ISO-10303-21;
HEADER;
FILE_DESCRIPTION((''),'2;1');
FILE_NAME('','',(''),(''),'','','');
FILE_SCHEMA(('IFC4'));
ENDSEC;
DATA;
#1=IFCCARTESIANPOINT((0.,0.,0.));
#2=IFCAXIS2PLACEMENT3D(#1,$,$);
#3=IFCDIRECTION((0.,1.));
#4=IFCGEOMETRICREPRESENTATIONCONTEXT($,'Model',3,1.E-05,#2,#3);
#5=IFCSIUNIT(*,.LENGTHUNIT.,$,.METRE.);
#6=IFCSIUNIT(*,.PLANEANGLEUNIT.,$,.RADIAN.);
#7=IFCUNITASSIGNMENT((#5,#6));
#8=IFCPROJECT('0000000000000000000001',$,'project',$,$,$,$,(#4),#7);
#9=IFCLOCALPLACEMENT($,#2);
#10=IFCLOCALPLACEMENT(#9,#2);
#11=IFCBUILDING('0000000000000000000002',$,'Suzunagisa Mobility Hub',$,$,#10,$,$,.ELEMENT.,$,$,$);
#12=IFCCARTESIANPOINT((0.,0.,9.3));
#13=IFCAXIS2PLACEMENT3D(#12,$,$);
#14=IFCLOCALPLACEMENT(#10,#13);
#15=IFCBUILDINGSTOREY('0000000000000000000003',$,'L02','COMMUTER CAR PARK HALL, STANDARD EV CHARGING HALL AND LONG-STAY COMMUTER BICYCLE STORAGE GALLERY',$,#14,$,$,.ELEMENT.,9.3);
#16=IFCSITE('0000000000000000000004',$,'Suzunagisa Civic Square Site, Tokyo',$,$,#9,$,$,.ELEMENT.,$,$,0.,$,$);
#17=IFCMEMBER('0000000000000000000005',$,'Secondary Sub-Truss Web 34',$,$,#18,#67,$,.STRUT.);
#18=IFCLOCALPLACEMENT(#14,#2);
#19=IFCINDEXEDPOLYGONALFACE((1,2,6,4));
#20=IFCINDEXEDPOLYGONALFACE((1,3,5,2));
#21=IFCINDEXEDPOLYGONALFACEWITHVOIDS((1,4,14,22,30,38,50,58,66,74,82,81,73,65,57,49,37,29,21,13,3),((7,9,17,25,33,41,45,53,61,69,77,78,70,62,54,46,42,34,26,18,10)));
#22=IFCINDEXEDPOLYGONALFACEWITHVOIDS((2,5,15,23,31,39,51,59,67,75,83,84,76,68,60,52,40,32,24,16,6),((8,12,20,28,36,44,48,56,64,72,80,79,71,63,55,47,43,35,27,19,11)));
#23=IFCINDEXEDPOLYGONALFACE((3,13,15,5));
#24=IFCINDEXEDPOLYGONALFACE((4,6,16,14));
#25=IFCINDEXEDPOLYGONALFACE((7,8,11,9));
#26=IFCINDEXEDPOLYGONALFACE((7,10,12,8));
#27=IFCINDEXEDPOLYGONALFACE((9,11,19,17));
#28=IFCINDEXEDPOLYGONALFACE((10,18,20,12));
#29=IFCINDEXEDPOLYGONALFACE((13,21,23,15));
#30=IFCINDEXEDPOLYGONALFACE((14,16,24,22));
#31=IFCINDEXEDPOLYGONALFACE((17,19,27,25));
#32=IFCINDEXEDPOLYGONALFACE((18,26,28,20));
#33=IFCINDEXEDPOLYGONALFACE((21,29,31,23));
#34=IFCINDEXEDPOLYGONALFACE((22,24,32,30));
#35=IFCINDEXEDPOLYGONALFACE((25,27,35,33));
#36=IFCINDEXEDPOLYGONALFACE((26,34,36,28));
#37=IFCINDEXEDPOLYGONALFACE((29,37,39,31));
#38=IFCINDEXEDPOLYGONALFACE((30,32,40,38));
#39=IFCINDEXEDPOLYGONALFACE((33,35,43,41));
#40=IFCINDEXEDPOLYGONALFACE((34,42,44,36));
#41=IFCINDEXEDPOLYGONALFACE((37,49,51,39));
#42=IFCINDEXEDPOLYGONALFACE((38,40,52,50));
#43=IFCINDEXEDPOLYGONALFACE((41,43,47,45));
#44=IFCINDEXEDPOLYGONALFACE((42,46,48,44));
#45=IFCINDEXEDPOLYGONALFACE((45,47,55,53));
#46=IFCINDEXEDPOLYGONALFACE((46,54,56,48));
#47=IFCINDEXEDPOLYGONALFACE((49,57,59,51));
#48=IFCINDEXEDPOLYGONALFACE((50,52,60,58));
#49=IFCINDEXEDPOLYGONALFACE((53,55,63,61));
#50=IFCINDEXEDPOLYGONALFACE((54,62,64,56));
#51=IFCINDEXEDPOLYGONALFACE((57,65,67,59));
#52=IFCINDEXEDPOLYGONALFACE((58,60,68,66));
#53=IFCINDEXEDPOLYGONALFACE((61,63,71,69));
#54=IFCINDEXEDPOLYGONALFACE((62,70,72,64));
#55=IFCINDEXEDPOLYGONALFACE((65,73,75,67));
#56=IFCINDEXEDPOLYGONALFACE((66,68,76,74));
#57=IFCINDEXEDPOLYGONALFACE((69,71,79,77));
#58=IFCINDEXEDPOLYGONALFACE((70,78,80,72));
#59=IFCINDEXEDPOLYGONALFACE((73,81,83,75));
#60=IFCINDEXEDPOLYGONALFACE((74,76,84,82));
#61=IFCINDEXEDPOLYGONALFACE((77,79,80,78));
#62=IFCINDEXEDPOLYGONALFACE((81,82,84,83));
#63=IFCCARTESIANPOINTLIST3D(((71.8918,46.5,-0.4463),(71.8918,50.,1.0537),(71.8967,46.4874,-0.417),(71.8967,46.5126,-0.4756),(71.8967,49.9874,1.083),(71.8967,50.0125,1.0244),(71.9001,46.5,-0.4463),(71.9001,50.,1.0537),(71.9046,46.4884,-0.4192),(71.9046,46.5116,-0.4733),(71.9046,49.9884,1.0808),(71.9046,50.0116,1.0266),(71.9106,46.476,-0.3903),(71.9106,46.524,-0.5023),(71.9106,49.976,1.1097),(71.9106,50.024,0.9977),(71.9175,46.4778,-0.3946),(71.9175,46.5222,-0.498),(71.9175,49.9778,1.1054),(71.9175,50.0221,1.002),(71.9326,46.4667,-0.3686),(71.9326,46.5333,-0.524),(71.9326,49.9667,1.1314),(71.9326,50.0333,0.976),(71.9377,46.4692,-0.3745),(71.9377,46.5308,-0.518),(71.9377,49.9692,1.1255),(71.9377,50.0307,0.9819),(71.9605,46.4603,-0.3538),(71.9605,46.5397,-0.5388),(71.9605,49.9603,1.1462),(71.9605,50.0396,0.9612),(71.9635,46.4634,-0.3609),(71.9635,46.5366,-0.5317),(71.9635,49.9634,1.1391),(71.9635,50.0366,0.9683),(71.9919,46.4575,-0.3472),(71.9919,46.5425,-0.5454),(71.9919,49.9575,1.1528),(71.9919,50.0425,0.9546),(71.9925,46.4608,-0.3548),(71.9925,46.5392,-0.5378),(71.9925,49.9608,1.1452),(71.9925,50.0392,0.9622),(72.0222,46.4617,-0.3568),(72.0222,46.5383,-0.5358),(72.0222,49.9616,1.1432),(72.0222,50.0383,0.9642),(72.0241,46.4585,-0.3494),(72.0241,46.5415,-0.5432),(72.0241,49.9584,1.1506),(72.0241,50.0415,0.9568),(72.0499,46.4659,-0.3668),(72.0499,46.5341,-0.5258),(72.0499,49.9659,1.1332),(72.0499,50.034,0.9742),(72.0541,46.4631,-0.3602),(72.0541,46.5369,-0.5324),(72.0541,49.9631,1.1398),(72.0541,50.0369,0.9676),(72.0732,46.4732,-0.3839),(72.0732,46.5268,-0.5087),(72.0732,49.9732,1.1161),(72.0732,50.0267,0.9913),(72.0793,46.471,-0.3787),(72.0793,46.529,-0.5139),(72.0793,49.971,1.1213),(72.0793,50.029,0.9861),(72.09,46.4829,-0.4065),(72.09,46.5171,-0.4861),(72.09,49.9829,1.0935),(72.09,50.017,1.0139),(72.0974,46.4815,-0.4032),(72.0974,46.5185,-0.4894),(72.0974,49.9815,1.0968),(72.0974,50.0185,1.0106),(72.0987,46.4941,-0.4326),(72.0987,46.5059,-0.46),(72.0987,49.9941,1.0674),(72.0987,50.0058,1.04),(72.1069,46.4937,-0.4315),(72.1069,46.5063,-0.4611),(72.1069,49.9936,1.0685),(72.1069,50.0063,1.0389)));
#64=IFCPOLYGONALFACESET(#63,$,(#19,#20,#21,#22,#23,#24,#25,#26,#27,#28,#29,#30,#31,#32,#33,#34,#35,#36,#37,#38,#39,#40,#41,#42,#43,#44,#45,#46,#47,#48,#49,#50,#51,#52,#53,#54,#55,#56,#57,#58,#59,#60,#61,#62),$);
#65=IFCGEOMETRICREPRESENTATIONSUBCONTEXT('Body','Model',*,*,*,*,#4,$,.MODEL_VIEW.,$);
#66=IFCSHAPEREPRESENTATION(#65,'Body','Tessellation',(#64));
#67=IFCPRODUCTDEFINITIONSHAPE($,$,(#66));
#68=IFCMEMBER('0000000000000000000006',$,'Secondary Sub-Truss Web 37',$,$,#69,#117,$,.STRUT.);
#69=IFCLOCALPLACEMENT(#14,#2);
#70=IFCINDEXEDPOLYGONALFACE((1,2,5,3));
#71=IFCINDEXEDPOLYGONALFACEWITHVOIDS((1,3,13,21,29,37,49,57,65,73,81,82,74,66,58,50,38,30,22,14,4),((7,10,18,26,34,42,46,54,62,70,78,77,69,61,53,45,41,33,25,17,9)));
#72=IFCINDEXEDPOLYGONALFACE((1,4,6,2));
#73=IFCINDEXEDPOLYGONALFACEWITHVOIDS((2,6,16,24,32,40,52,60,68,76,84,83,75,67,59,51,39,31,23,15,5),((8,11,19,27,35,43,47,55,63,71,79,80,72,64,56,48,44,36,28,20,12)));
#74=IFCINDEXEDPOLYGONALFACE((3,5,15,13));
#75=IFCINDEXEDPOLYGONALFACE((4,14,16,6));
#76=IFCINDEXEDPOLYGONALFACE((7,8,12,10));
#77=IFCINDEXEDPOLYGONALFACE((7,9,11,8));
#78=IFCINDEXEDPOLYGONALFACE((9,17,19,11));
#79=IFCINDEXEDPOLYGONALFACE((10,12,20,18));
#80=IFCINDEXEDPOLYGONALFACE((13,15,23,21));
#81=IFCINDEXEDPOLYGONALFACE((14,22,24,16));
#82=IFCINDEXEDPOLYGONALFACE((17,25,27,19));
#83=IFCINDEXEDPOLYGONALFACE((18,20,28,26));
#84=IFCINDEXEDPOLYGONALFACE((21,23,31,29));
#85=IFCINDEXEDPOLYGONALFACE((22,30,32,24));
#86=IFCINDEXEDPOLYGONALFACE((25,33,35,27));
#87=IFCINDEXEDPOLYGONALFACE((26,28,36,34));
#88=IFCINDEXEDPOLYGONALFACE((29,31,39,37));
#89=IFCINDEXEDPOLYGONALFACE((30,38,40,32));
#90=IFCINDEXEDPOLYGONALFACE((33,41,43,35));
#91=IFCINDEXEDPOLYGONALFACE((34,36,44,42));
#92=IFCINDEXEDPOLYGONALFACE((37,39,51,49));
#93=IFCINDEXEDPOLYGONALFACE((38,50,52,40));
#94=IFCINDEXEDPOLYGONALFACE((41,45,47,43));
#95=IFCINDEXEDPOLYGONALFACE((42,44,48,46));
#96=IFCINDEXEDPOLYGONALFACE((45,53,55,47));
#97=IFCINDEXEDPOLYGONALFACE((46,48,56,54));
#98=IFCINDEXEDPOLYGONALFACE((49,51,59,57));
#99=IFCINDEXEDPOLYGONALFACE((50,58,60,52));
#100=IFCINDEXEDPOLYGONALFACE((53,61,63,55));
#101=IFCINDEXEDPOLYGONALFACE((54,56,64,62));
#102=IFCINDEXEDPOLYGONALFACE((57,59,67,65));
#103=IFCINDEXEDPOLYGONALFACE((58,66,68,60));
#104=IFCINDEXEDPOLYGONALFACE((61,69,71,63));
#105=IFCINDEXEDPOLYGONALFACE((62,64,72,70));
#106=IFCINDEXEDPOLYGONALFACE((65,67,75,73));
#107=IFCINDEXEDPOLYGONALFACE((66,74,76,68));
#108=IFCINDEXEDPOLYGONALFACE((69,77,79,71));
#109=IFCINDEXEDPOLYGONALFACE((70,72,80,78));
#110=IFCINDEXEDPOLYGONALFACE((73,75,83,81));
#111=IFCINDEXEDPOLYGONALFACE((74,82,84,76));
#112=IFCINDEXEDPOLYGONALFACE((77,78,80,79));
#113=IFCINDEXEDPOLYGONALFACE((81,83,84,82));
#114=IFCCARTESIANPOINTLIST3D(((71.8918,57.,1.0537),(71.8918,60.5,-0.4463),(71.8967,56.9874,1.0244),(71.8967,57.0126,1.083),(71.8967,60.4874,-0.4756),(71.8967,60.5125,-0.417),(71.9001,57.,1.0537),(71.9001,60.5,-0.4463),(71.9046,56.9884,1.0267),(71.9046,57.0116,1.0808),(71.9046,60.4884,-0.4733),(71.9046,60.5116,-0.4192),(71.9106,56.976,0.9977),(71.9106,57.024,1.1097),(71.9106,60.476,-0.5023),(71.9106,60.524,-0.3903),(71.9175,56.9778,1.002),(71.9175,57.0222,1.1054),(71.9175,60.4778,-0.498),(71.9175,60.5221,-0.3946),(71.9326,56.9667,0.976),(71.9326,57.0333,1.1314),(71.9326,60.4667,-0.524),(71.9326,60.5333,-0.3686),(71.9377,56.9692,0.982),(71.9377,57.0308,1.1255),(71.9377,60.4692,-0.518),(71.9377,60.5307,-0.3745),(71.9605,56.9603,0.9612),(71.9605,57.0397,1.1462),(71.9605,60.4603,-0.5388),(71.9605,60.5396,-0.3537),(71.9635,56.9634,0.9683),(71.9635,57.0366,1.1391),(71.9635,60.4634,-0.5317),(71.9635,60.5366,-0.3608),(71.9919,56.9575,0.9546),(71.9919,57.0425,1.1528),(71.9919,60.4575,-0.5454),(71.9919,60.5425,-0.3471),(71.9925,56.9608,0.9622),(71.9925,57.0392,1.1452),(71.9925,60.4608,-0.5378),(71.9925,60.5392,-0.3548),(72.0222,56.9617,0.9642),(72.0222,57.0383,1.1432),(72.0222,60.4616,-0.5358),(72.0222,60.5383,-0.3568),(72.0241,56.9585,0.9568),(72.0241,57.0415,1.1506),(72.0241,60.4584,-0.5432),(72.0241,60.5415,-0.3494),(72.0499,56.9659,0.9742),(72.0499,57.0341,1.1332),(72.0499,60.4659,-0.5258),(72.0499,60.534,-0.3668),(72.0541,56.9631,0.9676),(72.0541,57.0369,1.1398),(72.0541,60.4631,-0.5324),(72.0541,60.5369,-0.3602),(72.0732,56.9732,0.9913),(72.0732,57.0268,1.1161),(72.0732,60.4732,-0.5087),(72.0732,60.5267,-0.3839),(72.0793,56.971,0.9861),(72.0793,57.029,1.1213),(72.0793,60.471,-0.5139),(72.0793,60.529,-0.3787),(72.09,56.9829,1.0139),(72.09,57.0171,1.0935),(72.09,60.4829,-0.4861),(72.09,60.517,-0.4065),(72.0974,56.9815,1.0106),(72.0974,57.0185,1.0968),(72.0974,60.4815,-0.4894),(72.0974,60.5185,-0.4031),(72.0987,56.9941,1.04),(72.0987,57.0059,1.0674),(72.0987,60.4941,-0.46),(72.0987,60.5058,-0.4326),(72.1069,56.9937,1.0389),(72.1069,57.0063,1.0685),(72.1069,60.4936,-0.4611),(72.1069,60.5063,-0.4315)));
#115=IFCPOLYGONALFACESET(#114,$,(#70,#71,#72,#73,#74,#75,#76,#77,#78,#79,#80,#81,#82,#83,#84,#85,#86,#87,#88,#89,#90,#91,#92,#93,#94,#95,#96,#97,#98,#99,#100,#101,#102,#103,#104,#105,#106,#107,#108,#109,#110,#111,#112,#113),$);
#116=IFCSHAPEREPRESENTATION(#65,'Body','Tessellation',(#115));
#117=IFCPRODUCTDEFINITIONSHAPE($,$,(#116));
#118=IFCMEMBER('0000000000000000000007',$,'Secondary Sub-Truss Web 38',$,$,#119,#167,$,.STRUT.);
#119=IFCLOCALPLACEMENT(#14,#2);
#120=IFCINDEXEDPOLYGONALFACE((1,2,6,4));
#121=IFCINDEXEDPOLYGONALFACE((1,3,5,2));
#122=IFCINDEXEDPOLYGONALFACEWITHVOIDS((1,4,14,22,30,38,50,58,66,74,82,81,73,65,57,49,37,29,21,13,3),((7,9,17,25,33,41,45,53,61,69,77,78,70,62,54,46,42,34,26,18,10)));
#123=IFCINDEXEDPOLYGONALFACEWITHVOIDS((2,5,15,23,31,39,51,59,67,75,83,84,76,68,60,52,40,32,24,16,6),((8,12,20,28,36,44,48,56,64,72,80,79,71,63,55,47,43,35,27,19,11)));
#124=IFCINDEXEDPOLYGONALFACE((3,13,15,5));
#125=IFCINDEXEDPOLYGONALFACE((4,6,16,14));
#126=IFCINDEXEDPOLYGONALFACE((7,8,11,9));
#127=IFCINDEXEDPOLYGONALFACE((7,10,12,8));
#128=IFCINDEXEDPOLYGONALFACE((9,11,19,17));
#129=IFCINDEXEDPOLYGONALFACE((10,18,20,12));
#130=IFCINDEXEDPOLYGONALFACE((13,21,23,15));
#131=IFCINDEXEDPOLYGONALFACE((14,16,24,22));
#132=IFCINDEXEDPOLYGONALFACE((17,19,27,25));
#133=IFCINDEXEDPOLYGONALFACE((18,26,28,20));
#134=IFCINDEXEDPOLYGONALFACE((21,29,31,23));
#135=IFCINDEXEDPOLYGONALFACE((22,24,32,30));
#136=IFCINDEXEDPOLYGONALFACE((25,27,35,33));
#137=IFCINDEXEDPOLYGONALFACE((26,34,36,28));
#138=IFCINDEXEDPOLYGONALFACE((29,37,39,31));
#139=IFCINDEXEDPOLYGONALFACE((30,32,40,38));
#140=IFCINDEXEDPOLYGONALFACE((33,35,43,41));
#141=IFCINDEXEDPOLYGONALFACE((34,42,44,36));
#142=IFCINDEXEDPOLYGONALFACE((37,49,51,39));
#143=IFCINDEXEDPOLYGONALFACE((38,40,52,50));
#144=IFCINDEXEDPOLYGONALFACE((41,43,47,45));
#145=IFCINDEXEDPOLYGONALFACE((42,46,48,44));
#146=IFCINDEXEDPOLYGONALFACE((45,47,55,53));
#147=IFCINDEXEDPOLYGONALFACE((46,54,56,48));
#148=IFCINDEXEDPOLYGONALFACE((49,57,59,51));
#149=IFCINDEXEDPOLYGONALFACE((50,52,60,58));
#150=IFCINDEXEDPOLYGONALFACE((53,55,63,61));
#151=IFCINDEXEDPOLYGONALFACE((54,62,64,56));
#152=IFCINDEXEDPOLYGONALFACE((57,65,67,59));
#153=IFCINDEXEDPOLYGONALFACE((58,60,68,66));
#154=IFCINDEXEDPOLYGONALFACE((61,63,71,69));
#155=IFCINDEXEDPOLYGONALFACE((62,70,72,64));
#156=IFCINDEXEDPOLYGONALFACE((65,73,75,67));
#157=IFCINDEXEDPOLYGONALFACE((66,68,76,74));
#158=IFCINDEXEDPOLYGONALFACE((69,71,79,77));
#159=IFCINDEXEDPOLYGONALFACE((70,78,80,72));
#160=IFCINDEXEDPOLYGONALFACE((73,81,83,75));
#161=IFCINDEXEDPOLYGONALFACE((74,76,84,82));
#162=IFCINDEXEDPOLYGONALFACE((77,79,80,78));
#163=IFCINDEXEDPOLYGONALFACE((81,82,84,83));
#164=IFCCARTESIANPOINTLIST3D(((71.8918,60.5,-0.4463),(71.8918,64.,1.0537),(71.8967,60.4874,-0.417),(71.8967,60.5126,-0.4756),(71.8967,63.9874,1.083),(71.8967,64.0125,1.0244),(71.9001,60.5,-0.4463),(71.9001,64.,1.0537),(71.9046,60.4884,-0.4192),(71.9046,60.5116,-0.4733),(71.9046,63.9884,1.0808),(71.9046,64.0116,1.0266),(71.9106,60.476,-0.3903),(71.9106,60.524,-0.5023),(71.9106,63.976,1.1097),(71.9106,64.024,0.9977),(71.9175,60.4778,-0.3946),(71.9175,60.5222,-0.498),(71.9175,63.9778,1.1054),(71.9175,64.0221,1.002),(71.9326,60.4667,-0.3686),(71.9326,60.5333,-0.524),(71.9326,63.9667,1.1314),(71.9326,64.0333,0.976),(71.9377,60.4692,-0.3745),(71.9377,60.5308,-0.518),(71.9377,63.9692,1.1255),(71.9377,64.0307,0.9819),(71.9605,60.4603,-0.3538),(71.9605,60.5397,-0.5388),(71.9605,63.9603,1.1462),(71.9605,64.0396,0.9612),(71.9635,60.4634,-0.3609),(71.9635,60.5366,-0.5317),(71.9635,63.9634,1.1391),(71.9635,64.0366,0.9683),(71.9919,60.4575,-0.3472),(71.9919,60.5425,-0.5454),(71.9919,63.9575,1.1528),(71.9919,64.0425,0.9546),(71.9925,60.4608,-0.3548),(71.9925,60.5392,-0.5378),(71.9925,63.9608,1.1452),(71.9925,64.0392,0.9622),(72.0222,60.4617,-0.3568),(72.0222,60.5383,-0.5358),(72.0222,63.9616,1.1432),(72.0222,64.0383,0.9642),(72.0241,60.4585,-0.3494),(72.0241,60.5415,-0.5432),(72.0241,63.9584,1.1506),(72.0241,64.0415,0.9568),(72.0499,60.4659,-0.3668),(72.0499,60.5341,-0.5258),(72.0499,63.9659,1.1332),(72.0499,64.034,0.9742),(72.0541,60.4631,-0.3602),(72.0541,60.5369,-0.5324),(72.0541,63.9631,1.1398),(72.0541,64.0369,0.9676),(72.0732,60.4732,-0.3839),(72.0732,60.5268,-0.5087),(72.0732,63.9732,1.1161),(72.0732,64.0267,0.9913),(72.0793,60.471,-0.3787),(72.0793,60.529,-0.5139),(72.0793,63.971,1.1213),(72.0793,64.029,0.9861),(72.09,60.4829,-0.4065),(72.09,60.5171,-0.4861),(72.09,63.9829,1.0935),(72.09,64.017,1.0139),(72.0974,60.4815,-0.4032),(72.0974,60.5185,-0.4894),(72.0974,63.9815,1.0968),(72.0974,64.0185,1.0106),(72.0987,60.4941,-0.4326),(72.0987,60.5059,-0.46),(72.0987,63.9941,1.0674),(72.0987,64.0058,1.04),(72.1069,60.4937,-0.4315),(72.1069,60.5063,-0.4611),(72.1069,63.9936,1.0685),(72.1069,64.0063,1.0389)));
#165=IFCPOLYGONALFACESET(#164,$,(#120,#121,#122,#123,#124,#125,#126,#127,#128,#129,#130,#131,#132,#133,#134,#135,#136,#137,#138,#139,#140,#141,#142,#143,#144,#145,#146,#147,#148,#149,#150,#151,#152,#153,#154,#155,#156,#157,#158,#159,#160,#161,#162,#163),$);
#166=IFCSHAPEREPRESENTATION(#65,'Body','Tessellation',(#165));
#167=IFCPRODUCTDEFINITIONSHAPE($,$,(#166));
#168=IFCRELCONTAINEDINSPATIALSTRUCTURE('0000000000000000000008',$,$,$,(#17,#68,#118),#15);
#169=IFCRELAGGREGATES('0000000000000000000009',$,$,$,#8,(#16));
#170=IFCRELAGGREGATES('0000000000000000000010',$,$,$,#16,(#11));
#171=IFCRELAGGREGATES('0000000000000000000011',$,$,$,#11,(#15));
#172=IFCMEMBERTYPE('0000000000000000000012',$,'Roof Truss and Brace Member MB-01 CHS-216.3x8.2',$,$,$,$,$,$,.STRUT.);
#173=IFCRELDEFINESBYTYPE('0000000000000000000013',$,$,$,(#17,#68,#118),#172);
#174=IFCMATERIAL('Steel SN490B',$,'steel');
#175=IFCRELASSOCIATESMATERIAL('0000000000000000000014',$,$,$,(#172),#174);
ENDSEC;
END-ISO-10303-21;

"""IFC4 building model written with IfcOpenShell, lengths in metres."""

from ifc_helpers import new_model, si_unit, direction, frame, origin, origin_2d, place, context, subcontext, project, spatial, hollow_circle, extrude, material, material_profile, profile_set, type_object, element, save


model = new_model("IFC4")

# Units and contexts
model_context = context("Model", 3, precision=1e-05, world=origin(), true_north=direction((0.0, 1.0)))
body_context = subcontext(model_context, "Body", "Model", "MODEL_VIEW")
ifc_project = project(units=[si_unit("LENGTHUNIT", "METRE"), si_unit("PLANEANGLEUNIT", "RADIAN")], contexts=[model_context])

# Site, building, storey
site_placement = place(None, origin())
site = spatial("IfcSite", under=ifc_project, at=site_placement, Name="Suzunagisa Civic Square Site, Tokyo", CompositionType="ELEMENT", RefElevation=0.0)
building_placement = place(site_placement, origin())
building = spatial("IfcBuilding", under=site, at=building_placement, Name="Suzunagisa Mobility Hub", CompositionType="ELEMENT")
storey_placement = place(building_placement, frame((0.0, 0.0, 9.3)))
storey = spatial("IfcBuildingStorey", under=building, at=storey_placement, Name="L02", Description="COMMUTER CAR PARK HALL, STANDARD EV CHARGING HALL AND LONG-STAY COMMUTER BICYCLE STORAGE GALLERY", CompositionType="ELEMENT", Elevation=9.3)

# Members
ifc_material_1 = material(Name="Steel SN490B", Category="steel")
ifc_material_profile_1 = material_profile(ifc_material_1, hollow_circle(Radius=0.1082, WallThickness=0.0083, at=origin_2d()), Name="CHS-216.3x8.2")
ifc_profile_set_1 = profile_set([ifc_material_profile_1], Name="Steel SN490B")
member_type_1 = type_object("IfcMemberType", Name="Roof Truss and Brace Member MB-01 CHS-216.3x8.2", PredefinedType="STRUT", material=ifc_profile_set_1)
for number, where, z_axis, x_axis, name in (
    (1, (72.0, 46.5, -0.4463), (0.0, 0.919145, 0.393919), (-1.0, 0.0, 0.0), "Secondary Sub-Truss Web 34"),
    (2, (72.0, 57.0, 1.0537), (0.0, 0.919145, -0.393919), (-1.0, 0.0, 0.0), "Secondary Sub-Truss Web 37"),
    (3, (72.0, 60.5, -0.4463), (0.0, 0.919145, 0.393919), (-1.0, 0.0, 0.0), "Secondary Sub-Truss Web 38"),
):
    element("IfcMember", number, at=place(storey_placement, frame(where, z_axis=z_axis, x_axis=x_axis)), inside=storey, type_object=member_type_1, Name=name, PredefinedType="STRUT", context=body_context, shape_type="SweptSolid", body=[
        extrude(hollow_circle(Radius=0.1082, WallThickness=0.0083, at=origin_2d()), origin(), (0.0, 0.0, 1.0), 3.8079),
    ])

save(model, "model.ifc")
